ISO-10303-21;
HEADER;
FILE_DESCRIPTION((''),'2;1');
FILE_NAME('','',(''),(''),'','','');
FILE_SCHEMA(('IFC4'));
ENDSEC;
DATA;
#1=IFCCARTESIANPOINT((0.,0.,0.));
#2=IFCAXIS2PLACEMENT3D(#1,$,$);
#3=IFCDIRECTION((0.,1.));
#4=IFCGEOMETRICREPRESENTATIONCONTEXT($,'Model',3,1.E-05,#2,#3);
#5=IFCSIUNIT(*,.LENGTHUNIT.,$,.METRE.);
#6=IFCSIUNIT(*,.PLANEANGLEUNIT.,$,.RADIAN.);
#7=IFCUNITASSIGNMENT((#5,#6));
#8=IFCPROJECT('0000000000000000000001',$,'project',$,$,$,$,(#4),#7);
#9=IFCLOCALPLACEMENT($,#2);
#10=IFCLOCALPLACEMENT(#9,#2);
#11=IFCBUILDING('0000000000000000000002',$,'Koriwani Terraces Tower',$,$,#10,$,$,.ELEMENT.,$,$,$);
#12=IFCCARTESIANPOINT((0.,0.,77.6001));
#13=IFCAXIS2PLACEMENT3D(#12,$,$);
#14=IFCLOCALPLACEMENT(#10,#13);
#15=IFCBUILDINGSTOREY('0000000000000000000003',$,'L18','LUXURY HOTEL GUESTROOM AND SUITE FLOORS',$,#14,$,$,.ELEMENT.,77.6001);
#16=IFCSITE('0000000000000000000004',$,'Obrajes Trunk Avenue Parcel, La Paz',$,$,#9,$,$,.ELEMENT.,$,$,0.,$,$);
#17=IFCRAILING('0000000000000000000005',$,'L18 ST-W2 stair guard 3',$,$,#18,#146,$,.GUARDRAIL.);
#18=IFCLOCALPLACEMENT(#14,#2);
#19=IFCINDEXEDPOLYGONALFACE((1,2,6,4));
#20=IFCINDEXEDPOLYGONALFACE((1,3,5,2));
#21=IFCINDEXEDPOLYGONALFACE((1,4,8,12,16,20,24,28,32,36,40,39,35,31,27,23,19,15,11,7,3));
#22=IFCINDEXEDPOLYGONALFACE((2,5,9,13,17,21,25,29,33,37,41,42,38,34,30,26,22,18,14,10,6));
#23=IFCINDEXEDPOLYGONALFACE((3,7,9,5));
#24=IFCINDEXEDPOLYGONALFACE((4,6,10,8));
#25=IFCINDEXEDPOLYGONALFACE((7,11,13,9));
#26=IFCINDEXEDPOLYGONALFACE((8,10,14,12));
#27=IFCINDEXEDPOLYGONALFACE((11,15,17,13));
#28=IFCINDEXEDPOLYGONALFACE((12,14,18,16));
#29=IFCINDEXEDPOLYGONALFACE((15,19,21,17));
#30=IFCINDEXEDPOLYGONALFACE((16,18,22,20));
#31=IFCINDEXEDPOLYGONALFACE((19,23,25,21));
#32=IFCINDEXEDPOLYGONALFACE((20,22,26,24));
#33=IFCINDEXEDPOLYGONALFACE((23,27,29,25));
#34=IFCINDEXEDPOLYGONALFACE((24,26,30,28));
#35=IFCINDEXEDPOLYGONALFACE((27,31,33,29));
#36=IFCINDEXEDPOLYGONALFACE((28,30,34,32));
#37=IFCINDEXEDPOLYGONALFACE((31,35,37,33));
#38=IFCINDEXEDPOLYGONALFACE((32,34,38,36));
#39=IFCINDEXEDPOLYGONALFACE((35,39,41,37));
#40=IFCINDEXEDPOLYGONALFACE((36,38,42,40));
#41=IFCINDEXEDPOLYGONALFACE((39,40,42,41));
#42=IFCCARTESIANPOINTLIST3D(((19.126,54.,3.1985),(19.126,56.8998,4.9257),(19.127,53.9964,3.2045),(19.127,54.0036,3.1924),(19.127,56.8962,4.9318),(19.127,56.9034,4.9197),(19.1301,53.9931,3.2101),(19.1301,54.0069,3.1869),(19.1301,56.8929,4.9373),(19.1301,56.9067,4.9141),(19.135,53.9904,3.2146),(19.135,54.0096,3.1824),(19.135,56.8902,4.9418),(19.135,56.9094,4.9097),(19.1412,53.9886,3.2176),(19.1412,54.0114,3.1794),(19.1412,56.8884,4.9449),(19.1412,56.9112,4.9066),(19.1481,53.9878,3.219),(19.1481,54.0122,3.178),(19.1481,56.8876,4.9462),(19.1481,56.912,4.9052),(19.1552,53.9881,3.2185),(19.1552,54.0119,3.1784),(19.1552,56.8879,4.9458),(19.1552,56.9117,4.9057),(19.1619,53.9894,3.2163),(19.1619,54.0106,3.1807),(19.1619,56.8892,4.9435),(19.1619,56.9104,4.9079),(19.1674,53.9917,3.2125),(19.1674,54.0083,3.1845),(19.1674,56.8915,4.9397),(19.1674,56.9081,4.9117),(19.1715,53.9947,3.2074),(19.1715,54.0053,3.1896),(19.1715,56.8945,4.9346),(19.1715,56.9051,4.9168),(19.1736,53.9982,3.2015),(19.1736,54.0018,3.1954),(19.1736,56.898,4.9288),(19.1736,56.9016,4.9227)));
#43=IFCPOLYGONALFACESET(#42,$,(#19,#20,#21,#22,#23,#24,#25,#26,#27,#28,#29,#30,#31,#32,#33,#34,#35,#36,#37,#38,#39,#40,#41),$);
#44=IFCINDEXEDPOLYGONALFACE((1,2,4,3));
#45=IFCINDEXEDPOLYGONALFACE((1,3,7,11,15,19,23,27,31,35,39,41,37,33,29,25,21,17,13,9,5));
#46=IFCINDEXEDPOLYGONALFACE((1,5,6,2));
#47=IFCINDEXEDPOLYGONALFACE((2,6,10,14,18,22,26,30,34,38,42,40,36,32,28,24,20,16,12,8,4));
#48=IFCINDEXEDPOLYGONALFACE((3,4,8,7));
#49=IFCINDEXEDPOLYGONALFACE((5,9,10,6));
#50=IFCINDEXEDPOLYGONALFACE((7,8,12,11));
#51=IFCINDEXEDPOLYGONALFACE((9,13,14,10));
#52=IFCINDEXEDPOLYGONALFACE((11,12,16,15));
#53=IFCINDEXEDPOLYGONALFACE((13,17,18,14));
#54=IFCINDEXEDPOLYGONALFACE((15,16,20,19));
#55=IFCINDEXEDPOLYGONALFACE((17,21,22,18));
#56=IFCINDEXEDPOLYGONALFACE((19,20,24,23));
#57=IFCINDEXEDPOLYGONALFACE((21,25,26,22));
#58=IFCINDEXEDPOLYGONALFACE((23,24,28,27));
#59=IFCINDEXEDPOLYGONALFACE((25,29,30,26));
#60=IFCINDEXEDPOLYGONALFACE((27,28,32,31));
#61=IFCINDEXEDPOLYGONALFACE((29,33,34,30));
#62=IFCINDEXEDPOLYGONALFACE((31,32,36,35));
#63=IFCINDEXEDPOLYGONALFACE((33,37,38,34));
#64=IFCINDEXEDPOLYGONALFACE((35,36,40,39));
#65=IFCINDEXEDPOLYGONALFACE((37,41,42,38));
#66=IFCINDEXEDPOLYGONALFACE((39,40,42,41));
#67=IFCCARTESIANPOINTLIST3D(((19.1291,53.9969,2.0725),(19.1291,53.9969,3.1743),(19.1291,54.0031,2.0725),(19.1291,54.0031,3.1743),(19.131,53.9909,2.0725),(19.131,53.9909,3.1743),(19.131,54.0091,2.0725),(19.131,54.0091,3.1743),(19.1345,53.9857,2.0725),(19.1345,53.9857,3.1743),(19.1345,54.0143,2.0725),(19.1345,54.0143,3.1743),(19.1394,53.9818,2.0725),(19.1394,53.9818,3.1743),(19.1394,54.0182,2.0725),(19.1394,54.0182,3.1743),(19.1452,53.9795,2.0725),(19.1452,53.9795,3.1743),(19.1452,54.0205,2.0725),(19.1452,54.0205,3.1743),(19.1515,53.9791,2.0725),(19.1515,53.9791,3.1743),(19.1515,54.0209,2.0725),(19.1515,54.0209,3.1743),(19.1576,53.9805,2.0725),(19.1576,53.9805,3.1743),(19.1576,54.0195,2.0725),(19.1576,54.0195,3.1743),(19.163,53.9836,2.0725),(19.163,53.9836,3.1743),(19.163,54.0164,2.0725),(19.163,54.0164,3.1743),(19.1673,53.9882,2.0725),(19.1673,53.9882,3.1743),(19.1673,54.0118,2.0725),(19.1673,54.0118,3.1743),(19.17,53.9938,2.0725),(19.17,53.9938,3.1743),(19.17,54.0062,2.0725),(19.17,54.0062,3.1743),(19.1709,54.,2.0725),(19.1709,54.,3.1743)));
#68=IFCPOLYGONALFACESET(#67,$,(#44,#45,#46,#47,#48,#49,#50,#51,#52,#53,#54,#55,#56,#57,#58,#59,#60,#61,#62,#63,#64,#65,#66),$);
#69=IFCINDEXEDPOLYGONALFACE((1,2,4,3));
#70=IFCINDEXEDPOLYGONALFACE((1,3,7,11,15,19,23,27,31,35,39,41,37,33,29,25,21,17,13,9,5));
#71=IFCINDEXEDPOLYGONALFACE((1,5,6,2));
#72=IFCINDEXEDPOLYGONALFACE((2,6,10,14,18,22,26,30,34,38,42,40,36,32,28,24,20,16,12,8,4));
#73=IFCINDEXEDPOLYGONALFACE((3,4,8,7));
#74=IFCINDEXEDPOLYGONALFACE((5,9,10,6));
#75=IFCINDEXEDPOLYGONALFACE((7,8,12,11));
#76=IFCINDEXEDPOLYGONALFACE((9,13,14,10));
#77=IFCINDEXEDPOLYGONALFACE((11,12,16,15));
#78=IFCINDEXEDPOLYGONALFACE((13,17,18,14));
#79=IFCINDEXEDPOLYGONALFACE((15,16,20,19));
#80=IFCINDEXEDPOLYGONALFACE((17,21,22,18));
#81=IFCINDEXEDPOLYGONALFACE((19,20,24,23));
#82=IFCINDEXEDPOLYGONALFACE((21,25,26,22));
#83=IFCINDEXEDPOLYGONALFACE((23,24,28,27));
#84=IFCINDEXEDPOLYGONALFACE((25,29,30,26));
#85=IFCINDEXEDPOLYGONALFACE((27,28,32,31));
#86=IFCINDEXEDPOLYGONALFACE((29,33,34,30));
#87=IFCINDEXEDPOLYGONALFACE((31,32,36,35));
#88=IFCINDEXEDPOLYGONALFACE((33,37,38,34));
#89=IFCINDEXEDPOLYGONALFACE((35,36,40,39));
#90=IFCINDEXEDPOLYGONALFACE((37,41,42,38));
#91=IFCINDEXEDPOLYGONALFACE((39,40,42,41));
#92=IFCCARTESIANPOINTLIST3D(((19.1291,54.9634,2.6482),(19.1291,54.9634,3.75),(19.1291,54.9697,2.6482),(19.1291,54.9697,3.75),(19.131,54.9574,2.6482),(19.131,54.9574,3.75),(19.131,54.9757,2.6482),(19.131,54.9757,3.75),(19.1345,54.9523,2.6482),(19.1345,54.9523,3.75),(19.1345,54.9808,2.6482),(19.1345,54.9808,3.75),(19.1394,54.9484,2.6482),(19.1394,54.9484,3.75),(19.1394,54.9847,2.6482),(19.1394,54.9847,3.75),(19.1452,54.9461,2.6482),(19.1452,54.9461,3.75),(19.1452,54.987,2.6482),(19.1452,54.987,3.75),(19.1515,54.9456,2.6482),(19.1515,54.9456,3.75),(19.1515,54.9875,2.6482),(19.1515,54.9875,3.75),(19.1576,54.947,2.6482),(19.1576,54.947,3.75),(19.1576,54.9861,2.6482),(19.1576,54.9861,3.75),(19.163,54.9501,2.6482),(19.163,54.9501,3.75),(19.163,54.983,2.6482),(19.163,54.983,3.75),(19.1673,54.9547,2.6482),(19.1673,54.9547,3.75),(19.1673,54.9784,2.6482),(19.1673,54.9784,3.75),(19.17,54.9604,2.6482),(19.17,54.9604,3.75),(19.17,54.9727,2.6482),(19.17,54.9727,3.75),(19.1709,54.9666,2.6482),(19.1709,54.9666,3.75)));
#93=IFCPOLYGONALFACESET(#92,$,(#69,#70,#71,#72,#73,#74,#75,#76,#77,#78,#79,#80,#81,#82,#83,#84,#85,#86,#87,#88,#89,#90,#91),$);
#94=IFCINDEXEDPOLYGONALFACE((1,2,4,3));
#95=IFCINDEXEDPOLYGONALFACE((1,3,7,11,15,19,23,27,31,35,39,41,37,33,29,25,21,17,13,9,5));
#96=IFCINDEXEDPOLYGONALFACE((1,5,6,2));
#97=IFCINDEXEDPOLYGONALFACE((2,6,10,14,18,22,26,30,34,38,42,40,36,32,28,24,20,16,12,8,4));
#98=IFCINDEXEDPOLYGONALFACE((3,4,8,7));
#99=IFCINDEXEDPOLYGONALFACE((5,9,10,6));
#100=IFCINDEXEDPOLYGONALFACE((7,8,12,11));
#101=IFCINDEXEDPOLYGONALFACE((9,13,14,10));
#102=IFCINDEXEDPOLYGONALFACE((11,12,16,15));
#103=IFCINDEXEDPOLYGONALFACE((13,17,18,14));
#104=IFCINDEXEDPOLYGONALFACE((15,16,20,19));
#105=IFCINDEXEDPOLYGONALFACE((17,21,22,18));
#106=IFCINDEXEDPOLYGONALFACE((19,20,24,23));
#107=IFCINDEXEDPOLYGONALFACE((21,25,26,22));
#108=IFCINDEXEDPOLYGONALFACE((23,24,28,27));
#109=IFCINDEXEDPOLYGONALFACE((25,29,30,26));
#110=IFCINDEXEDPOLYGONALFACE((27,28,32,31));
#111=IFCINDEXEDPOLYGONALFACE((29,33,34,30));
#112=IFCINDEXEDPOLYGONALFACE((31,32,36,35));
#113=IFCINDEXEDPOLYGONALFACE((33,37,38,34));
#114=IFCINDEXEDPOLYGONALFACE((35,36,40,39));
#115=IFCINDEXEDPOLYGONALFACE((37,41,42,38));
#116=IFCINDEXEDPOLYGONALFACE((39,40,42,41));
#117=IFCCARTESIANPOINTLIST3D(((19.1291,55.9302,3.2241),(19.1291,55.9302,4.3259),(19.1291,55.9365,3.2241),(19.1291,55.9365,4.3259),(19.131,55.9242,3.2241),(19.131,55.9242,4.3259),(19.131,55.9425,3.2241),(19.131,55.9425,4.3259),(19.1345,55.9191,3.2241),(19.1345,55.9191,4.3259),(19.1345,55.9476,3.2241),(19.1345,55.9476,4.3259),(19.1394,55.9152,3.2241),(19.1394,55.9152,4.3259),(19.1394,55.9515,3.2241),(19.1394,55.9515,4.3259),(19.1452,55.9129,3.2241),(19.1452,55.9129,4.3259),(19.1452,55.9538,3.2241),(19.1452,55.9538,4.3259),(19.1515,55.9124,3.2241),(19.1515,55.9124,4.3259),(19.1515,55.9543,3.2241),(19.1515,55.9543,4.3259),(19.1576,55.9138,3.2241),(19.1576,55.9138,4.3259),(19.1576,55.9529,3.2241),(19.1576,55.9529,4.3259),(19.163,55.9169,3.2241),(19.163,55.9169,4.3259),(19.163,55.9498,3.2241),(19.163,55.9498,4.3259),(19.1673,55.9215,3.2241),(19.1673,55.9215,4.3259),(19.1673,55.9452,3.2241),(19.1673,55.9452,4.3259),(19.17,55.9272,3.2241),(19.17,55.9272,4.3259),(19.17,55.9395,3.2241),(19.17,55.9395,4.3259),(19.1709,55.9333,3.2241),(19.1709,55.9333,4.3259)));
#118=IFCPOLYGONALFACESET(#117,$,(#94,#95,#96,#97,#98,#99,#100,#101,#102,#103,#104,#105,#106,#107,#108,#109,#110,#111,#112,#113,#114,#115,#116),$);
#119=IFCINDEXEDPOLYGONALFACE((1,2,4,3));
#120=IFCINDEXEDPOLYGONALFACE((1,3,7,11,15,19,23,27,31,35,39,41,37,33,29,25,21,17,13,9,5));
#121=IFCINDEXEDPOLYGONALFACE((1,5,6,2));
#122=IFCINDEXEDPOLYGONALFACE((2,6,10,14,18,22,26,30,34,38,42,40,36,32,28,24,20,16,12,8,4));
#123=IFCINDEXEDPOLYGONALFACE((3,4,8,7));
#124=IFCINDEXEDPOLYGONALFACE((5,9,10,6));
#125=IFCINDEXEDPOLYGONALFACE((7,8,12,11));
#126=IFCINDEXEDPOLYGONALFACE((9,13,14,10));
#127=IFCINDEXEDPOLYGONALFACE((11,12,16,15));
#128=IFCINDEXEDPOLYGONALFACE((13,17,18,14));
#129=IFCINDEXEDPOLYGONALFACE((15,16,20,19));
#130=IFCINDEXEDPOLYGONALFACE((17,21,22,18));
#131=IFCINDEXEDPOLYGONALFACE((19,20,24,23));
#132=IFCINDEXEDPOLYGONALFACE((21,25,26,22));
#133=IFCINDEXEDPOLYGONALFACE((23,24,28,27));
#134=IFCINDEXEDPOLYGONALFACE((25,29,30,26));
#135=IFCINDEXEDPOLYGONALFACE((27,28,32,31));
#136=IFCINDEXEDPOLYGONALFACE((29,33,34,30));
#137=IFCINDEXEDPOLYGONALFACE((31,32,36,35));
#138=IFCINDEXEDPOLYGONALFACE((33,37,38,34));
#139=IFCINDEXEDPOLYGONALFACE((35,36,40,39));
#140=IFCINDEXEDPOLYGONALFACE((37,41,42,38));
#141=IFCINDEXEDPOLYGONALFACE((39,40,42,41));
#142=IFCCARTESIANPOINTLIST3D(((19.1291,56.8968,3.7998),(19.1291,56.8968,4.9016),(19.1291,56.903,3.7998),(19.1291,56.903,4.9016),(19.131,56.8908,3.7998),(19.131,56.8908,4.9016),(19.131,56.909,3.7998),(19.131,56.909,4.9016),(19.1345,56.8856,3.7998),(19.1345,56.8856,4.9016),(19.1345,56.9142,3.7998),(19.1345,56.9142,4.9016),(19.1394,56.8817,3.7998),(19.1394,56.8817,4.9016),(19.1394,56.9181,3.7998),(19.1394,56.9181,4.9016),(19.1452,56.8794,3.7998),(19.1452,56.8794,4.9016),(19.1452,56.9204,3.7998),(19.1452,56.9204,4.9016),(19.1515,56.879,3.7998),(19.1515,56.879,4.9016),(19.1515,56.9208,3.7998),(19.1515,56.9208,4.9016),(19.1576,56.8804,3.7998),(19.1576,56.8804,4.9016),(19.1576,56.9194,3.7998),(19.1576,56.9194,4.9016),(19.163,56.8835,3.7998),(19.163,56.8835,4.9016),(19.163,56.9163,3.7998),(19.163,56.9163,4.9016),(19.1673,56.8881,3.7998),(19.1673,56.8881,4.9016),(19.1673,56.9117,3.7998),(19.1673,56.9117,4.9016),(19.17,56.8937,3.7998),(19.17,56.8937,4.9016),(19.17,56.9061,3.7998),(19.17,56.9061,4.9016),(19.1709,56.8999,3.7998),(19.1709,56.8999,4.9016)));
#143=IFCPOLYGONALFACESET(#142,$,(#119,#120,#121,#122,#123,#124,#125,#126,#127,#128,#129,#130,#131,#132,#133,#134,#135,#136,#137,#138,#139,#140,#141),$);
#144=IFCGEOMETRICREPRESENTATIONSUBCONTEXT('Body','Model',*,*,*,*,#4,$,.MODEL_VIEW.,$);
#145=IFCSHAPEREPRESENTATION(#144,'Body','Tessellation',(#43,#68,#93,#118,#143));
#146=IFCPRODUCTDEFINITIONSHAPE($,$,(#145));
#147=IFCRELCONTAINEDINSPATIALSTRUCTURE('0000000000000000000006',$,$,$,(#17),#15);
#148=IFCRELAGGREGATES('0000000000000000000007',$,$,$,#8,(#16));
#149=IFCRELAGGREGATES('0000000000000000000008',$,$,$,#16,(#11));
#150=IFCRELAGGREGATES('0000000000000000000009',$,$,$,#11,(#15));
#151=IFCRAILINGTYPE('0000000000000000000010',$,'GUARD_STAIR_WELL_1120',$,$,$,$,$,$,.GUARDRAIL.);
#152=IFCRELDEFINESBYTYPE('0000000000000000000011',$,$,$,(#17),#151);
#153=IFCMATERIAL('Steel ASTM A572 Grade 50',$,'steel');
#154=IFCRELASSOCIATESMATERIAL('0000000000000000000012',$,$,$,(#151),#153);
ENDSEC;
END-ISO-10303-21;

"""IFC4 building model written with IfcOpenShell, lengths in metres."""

from ifc_helpers import new_model, si_unit, direction, frame, origin, origin_2d, place, context, subcontext, project, spatial, circle, extrude, material, type_object, element, save


model = new_model("IFC4")

# Units and contexts
model_context = context("Model", 3, precision=1e-05, world=origin(), true_north=direction((0.0, 1.0)))
body_context = subcontext(model_context, "Body", "Model", "MODEL_VIEW")
ifc_project = project(units=[si_unit("LENGTHUNIT", "METRE"), si_unit("PLANEANGLEUNIT", "RADIAN")], contexts=[model_context])

# Site, building, storey
site_placement = place(None, origin())
site = spatial("IfcSite", under=ifc_project, at=site_placement, Name="Obrajes Trunk Avenue Parcel, La Paz", CompositionType="ELEMENT", RefElevation=0.0)
building_placement = place(site_placement, origin())
building = spatial("IfcBuilding", under=site, at=building_placement, Name="Koriwani Terraces Tower", CompositionType="ELEMENT")
storey_placement = place(building_placement, frame((0.0, 0.0, 77.6001)))
storey = spatial("IfcBuildingStorey", under=building, at=storey_placement, Name="L18", Description="LUXURY HOTEL GUESTROOM AND SUITE FLOORS", CompositionType="ELEMENT", Elevation=77.6001)

# Shared definitions
ifc_material_1 = material(Name="Steel ASTM A572 Grade 50", Category="steel")

# Railing
railing_type = type_object("IfcRailingType", Name="GUARD_STAIR_WELL_1120", PredefinedType="GUARDRAIL", material=ifc_material_1)
railing_1_placement = place(storey_placement, frame((19.1499, 54.0, 2.0725)))
element("IfcRailing", 1, at=railing_1_placement, inside=storey, type_object=railing_type, Name="L18 ST-W2 stair guard 3", PredefinedType="GUARDRAIL", context=body_context, shape_type="SweptSolid", body=[
    extrude(circle(Radius=0.0239, at=origin_2d()), frame((0.0, 0.0, 1.126), z_axis=(0.0, 0.859141, 0.511738), x_axis=(-1.0, 0.0, 0.0)), (0.0, 0.0, 1.0), 3.3752),
    extrude(circle(Radius=0.021, at=origin_2d()), origin(), (0.0, 0.0, 1.0), 1.1018),
    extrude(circle(Radius=0.021, at=origin_2d()), frame((0.0, 0.9666, 0.5757)), (0.0, 0.0, 1.0), 1.1018),
    extrude(circle(Radius=0.021, at=origin_2d()), frame((0.0, 1.9333, 1.1516)), (0.0, 0.0, 1.0), 1.1018),
    extrude(circle(Radius=0.021, at=origin_2d()), frame((0.0, 2.8999, 1.7273)), (0.0, 0.0, 1.0), 1.1018),
])

save(model, "model.ifc")
